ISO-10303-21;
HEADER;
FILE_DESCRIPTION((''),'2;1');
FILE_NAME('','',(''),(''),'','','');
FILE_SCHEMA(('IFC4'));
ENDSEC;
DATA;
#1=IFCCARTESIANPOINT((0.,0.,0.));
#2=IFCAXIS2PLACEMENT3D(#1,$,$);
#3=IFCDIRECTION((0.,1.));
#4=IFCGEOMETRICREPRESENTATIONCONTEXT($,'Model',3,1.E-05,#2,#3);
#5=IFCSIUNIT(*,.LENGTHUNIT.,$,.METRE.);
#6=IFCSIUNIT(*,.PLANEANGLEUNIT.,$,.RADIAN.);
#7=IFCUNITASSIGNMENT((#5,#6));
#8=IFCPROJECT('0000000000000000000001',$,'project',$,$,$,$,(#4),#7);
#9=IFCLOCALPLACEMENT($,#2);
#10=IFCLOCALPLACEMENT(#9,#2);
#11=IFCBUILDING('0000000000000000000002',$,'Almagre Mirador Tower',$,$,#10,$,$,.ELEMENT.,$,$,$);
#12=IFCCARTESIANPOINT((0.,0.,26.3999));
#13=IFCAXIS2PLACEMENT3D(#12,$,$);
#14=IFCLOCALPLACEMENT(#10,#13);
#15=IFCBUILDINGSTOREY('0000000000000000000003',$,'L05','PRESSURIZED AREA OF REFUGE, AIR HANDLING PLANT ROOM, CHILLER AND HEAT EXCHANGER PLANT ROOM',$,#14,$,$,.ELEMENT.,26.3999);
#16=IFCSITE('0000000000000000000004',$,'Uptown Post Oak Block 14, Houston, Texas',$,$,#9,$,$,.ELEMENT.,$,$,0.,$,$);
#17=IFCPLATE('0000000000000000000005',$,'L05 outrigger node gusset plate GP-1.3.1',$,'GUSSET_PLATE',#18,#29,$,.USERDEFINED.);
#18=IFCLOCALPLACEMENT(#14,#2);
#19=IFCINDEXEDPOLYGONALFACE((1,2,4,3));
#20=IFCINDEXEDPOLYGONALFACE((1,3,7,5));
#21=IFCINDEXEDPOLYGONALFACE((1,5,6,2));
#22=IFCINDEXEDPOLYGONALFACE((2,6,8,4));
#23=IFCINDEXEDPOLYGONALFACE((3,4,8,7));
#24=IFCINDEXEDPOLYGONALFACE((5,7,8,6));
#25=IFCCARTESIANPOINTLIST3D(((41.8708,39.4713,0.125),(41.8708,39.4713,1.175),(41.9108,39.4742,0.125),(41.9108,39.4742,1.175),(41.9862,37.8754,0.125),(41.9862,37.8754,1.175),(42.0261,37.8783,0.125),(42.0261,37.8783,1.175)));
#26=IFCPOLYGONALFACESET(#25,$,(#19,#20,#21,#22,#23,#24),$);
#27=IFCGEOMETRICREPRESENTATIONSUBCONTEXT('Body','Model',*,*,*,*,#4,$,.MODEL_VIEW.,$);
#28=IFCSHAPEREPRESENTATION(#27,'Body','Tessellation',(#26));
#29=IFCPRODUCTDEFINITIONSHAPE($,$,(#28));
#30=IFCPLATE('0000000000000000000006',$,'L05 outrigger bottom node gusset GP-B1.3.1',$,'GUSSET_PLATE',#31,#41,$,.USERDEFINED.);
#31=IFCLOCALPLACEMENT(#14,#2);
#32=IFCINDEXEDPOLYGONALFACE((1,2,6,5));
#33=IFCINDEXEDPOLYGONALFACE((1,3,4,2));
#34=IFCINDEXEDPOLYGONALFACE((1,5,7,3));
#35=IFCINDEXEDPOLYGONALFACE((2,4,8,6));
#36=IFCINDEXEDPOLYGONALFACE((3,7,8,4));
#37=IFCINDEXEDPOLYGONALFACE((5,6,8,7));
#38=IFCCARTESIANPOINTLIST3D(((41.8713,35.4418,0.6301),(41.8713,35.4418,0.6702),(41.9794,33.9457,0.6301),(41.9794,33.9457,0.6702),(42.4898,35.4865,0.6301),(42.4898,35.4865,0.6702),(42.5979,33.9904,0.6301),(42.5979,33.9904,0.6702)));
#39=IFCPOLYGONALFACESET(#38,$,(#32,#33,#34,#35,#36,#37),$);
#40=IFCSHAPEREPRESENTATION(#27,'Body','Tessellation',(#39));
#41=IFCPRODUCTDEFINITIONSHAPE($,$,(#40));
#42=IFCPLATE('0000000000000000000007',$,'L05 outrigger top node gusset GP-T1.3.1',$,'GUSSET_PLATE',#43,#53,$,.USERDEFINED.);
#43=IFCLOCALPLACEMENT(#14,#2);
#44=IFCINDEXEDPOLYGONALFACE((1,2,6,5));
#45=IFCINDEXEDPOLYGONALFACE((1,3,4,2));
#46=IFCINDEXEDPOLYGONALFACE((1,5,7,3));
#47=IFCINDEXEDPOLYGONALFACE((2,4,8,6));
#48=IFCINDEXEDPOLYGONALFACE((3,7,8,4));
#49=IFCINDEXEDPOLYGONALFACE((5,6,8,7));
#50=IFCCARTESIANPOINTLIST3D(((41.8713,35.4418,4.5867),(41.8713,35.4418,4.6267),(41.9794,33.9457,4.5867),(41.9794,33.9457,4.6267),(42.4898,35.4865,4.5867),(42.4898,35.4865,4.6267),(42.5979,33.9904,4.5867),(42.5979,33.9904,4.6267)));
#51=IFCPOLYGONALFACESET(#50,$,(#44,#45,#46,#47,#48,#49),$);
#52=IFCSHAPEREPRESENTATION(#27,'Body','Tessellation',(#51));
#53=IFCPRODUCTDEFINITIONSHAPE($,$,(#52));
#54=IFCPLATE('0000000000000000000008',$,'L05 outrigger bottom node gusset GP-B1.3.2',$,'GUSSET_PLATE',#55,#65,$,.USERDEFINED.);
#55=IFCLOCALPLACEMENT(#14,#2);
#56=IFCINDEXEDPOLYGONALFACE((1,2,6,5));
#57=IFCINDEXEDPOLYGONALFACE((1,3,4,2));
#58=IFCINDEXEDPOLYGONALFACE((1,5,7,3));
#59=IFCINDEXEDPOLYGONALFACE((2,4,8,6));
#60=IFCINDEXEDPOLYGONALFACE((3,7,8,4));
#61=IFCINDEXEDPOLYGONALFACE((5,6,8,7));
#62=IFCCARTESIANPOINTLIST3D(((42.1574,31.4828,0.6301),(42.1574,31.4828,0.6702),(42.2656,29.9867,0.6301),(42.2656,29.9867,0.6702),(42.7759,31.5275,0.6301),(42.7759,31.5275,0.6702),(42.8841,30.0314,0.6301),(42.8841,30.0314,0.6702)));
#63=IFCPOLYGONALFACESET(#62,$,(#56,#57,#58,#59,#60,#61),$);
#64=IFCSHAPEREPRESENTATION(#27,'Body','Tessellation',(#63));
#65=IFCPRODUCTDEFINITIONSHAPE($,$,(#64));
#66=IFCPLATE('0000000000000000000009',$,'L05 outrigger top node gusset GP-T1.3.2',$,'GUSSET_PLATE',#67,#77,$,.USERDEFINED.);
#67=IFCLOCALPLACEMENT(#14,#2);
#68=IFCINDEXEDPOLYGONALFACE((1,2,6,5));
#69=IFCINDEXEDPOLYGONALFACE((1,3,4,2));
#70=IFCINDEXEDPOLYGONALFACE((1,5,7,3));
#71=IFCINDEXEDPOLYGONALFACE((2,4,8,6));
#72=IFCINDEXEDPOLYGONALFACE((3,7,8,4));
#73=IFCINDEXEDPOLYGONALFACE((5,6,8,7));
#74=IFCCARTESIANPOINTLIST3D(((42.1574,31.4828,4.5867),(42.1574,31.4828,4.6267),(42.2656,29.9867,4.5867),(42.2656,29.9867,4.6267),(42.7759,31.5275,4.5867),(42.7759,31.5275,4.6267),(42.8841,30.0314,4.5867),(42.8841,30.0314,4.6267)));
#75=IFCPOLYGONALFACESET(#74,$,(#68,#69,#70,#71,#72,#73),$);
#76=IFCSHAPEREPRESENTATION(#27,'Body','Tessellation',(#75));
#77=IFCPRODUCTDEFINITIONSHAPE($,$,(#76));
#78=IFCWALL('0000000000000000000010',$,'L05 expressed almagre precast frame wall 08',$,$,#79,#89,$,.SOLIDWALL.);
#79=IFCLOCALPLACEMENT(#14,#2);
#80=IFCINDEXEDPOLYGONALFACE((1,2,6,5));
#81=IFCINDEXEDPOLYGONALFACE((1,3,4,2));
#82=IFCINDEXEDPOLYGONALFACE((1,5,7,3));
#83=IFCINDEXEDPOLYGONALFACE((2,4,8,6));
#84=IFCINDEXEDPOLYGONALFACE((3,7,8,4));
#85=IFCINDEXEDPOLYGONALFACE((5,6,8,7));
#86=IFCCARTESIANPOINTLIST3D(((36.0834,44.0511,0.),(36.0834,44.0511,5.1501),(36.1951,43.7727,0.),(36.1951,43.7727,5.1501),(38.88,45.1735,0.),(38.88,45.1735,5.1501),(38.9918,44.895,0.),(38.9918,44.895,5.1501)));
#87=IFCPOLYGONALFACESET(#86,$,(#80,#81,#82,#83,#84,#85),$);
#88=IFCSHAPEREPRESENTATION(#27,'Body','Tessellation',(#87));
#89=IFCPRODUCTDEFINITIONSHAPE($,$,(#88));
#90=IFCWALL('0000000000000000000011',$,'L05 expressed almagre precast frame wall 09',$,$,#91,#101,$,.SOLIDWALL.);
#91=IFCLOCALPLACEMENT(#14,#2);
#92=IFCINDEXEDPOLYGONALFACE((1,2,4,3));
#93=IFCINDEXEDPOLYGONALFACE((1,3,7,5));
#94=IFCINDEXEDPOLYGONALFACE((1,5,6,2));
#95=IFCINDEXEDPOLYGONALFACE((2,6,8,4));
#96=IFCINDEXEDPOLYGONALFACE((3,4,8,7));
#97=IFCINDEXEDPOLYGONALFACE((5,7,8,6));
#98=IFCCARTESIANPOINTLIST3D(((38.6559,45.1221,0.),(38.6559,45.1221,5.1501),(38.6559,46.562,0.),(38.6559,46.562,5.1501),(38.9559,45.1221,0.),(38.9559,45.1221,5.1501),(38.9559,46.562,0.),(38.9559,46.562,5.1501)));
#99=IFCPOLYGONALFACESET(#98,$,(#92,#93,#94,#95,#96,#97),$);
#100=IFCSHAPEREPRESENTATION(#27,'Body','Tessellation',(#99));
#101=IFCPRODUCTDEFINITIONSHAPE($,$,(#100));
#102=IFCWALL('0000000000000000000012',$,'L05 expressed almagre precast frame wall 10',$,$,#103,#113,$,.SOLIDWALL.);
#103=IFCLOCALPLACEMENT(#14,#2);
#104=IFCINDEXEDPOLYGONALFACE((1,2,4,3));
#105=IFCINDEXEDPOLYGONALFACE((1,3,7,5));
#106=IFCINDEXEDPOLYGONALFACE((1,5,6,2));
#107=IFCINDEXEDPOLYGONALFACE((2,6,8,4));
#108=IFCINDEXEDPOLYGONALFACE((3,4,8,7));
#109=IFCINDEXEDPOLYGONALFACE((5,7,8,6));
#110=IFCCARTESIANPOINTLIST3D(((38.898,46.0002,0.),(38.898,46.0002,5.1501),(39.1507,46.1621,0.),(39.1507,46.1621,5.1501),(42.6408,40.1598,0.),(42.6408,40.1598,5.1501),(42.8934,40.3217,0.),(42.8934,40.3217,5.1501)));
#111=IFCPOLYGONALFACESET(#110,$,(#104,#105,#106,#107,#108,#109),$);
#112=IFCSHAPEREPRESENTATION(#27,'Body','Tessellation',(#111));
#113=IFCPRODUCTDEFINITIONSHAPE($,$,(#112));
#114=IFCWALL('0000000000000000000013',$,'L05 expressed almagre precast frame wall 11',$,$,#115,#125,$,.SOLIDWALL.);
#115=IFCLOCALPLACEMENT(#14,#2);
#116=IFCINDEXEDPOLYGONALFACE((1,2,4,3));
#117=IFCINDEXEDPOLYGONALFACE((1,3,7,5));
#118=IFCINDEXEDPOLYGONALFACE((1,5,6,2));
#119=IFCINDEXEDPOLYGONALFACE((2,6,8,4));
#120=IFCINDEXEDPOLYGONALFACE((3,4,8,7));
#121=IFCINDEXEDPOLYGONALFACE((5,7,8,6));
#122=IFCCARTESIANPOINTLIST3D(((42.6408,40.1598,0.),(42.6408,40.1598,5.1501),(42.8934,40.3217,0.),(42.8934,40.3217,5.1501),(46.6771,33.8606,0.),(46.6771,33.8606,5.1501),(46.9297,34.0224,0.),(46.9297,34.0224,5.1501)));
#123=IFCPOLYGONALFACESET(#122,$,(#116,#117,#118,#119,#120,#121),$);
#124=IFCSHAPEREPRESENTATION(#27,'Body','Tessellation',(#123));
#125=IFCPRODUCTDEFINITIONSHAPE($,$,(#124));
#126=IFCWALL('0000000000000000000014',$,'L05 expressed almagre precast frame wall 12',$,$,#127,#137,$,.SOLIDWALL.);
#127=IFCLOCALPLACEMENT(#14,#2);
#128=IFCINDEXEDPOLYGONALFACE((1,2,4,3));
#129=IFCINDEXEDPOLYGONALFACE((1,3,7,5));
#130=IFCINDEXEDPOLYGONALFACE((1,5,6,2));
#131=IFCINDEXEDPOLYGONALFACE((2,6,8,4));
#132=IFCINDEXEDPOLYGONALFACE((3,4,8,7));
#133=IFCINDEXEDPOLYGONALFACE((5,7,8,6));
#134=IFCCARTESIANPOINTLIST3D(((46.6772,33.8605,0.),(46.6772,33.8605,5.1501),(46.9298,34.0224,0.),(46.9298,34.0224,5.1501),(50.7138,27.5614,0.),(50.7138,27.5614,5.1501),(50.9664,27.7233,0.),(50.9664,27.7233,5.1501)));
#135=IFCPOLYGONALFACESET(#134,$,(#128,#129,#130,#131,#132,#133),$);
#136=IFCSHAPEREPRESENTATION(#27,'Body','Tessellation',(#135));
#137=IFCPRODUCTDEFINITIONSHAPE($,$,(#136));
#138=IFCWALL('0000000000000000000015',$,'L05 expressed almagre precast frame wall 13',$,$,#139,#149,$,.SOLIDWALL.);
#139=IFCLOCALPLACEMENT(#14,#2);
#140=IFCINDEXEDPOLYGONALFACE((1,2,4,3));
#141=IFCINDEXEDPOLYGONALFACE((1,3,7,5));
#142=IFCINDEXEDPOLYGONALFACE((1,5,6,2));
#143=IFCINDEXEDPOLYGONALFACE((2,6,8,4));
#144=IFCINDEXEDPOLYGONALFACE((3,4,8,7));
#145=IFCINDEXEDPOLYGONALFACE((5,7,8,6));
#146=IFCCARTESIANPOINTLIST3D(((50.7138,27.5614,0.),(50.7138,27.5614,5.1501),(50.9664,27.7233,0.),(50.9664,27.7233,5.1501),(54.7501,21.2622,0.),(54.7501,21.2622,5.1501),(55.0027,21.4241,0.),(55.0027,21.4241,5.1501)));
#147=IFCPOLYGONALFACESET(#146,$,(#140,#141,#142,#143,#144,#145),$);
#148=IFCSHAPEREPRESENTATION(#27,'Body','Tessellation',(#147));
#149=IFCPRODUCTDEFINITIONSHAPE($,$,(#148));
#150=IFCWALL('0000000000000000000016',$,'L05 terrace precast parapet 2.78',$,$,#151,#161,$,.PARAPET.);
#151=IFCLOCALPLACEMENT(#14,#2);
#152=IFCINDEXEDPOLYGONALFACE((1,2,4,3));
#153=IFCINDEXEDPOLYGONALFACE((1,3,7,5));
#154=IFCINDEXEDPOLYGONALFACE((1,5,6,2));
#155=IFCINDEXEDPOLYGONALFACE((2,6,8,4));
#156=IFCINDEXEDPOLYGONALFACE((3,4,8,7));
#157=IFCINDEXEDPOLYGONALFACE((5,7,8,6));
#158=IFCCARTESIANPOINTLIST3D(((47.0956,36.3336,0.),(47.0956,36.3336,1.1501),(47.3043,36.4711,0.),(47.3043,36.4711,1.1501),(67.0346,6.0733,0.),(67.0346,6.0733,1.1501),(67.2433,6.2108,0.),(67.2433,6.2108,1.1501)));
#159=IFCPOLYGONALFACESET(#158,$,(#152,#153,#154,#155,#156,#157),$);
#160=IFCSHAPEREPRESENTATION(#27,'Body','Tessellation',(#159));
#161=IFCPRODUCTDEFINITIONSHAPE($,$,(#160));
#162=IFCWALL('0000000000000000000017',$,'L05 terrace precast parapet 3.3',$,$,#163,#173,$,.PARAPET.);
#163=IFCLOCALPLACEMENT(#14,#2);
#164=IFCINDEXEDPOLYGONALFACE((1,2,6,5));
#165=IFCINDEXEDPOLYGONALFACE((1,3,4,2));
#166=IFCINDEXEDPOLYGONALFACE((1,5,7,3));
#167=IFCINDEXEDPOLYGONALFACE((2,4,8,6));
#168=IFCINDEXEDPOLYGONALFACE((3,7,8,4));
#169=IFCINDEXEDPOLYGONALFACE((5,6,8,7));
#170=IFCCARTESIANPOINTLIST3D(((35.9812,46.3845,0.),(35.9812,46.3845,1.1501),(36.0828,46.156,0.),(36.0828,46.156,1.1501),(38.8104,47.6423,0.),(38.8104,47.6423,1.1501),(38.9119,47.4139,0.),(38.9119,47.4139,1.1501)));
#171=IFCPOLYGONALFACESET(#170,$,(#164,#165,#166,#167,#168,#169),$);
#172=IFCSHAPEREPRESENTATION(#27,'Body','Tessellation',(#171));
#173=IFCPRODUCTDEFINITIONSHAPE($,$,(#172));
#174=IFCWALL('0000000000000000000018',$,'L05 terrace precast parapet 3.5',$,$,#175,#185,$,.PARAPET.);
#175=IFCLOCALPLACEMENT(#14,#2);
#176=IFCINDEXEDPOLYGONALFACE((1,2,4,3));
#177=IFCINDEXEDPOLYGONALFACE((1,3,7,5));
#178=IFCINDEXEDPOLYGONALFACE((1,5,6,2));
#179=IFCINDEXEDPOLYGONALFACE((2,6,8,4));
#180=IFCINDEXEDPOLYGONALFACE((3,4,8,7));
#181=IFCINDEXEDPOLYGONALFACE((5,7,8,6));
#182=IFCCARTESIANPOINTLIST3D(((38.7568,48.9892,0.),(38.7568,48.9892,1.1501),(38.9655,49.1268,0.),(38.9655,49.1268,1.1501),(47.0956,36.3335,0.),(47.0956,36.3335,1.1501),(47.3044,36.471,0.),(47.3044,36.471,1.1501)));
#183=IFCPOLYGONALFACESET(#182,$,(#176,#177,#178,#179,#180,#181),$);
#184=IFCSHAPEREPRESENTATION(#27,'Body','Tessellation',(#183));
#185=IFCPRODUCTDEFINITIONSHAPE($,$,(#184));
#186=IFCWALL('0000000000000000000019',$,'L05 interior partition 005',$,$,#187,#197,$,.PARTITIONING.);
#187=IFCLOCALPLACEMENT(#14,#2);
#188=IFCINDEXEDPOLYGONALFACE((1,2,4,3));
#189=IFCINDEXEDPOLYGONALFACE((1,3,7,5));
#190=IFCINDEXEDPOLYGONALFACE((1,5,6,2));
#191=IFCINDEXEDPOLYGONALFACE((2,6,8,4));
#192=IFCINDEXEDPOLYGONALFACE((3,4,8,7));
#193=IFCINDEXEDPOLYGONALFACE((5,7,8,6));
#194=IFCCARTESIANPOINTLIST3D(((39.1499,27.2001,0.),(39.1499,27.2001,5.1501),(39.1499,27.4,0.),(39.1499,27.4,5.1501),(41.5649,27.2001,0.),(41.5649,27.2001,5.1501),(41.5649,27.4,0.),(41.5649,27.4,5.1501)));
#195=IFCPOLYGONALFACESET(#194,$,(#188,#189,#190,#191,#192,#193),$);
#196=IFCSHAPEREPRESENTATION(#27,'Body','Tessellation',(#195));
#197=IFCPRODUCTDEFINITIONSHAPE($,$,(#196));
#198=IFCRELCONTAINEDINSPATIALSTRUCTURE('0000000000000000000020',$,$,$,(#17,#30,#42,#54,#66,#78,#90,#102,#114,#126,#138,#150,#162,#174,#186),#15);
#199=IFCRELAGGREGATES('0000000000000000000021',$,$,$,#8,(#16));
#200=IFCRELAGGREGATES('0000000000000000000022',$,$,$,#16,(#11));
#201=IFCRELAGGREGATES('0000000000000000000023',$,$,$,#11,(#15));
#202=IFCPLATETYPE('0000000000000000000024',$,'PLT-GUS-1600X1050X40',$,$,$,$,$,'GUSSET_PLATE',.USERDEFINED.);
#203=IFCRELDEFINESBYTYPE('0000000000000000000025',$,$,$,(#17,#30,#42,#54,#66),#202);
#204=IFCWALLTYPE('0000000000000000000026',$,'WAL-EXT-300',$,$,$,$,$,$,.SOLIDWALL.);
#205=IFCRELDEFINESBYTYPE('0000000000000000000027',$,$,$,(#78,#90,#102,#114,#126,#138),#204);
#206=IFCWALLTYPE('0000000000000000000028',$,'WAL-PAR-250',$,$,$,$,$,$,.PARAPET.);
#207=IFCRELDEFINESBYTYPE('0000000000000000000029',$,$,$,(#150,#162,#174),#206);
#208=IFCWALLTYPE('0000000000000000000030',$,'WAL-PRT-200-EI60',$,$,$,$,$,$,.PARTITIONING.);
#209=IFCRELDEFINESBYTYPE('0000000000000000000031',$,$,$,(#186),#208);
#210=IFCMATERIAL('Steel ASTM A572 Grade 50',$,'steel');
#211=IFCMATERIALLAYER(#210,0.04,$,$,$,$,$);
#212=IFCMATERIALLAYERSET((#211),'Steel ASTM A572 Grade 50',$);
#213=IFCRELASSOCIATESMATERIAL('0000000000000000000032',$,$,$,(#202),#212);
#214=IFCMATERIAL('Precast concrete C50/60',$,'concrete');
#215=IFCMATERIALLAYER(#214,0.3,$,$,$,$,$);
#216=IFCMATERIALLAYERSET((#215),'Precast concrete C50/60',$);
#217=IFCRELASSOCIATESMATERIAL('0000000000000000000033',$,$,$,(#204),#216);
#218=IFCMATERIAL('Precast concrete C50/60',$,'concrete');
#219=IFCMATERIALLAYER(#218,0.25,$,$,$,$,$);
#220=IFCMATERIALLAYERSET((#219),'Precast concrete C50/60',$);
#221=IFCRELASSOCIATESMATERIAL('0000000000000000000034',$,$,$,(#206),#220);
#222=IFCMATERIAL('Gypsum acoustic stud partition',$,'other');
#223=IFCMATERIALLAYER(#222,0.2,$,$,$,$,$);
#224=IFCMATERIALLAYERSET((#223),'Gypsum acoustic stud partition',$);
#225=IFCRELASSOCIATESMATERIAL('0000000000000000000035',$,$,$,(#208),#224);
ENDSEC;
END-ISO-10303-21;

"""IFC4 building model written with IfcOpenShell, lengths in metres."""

from ifc_helpers import new_model, si_unit, direction, frame, frame_2d, origin, origin_2d, place, context, subcontext, project, spatial, rectangle, extrude, material, layer, layer_set, type_object, element, save


model = new_model("IFC4")

# Units and contexts
model_context = context("Model", 3, precision=1e-05, world=origin(), true_north=direction((0.0, 1.0)))
body_context = subcontext(model_context, "Body", "Model", "MODEL_VIEW")
ifc_project = project(units=[si_unit("LENGTHUNIT", "METRE"), si_unit("PLANEANGLEUNIT", "RADIAN")], contexts=[model_context])

# Site, building, storey
site_placement = place(None, origin())
site = spatial("IfcSite", under=ifc_project, at=site_placement, Name="Uptown Post Oak Block 14, Houston, Texas", CompositionType="ELEMENT", RefElevation=0.0)
building_placement = place(site_placement, origin())
building = spatial("IfcBuilding", under=site, at=building_placement, Name="Almagre Mirador Tower", CompositionType="ELEMENT")
storey_placement = place(building_placement, frame((0.0, 0.0, 26.3999)))
storey = spatial("IfcBuildingStorey", under=building, at=storey_placement, Name="L05", Description="PRESSURIZED AREA OF REFUGE, AIR HANDLING PLANT ROOM, CHILLER AND HEAT EXCHANGER PLANT ROOM", CompositionType="ELEMENT", Elevation=26.3999)

# Plates
ifc_material_1 = material(Name="Steel ASTM A572 Grade 50", Category="steel")
ifc_layer_1 = layer(ifc_material_1, 0.04)
ifc_layer_set_1 = layer_set([ifc_layer_1], Name="Steel ASTM A572 Grade 50")
plate_type_1 = type_object("IfcPlateType", Name="PLT-GUS-1600X1050X40", ElementType="GUSSET_PLATE", PredefinedType="USERDEFINED", material=ifc_layer_set_1)
plate_1_placement = place(storey_placement, frame((41.9485, 38.6748, 0.125), z_axis=(0.0, 0.0, 1.0), x_axis=(0.072089, -0.997398, 0.0)))
element("IfcPlate", 1, at=plate_1_placement, inside=storey, type_object=plate_type_1, Name="L05 outrigger node gusset plate GP-1.3.1", ObjectType="GUSSET_PLATE", PredefinedType="USERDEFINED", context=body_context, shape_type="SweptSolid", body=[
    extrude(rectangle(XDim=1.6001, YDim=0.04, at=origin_2d()), origin(), (0.0, 0.0, 1.0), 1.05),
])
for number, where, z_axis, x_axis, name in (
    (2, (42.2346, 34.7161, 0.6301), (0.0, 0.0, 1.0), (0.072089, -0.997398, 0.0), "L05 outrigger bottom node gusset GP-B1.3.1"),
    (3, (42.2346, 34.7161, 4.5867), (0.0, 0.0, 1.0), (0.072089, -0.997398, 0.0), "L05 outrigger top node gusset GP-T1.3.1"),
    (4, (42.5208, 30.7571, 0.6301), (0.0, 0.0, 1.0), (0.072089, -0.997398, 0.0), "L05 outrigger bottom node gusset GP-B1.3.2"),
    (5, (42.5208, 30.7571, 4.5867), (0.0, 0.0, 1.0), (0.072089, -0.997398, 0.0), "L05 outrigger top node gusset GP-T1.3.2"),
):
    element("IfcPlate", number, at=place(storey_placement, frame(where, z_axis=z_axis, x_axis=x_axis)), inside=storey, type_object=plate_type_1, Name=name, ObjectType="GUSSET_PLATE", PredefinedType="USERDEFINED", context=body_context, shape_type="SweptSolid", body=[
        extrude(rectangle(XDim=1.5, YDim=0.6201, at=origin_2d()), origin(), (0.0, 0.0, 1.0), 0.04),
    ])

# Walls
ifc_material_2 = material(Name="Precast concrete C50/60", Category="concrete")
ifc_layer_2 = layer(ifc_material_2, 0.3)
ifc_layer_set_2 = layer_set([ifc_layer_2], Name="Precast concrete C50/60")
wall_type_1 = type_object("IfcWallType", Name="WAL-EXT-300", PredefinedType="SOLIDWALL", material=ifc_layer_set_2)
wall_1_placement = place(storey_placement, frame((36.1392, 43.9119, 0.0), z_axis=(0.0, 0.0, 1.0), x_axis=(0.928057, 0.372438, 0.0)))
element("IfcWall", 6, at=wall_1_placement, inside=storey, type_object=wall_type_1, Name="L05 expressed almagre precast frame wall 08", PredefinedType="SOLIDWALL", context=body_context, shape_type="SweptSolid", body=[
    extrude(rectangle(XDim=3.0134, YDim=0.3, at=frame_2d((1.5068, 0.0))), origin(), (0.0, 0.0, 1.0), 5.1501),
])
wall_2_placement = place(storey_placement, frame((38.8059, 45.1221, 0.0), z_axis=(0.0, 0.0, 1.0), x_axis=(0.0, 1.0, 0.0)))
element("IfcWall", 7, at=wall_2_placement, inside=storey, type_object=wall_type_1, Name="L05 expressed almagre precast frame wall 09", PredefinedType="SOLIDWALL", context=body_context, shape_type="SweptSolid", body=[
    extrude(rectangle(XDim=1.4399, YDim=0.3, at=frame_2d((0.72, 0.0))), origin(), (0.0, 0.0, 1.0), 5.1501),
])
wall_3_placement = place(storey_placement, frame((39.0244, 46.0811, 0.0), z_axis=(0.0, 0.0, 1.0), x_axis=(0.539551, -0.841953, 0.0)))
element("IfcWall", 8, at=wall_3_placement, inside=storey, type_object=wall_type_1, Name="L05 expressed almagre precast frame wall 10", PredefinedType="SOLIDWALL", context=body_context, shape_type="SweptSolid", body=[
    extrude(rectangle(XDim=6.9368, YDim=0.3, at=frame_2d((3.4683, 0.0))), origin(), (0.0, 0.0, 1.0), 5.1501),
])
for number, where, z_axis, x_axis, name in (
    (9, (42.7671, 40.2407, 0.0), (0.0, 0.0, 1.0), (0.53951, -0.841979, 0.0), "L05 expressed almagre precast frame wall 11"),
    (10, (46.8035, 33.9414, 0.0), (0.0, 0.0, 1.0), (0.539548, -0.841955, 0.0), "L05 expressed almagre precast frame wall 12"),
    (11, (50.8401, 27.6423, 0.0), (0.0, 0.0, 1.0), (0.53951, -0.841979, 0.0), "L05 expressed almagre precast frame wall 13"),
):
    element("IfcWall", number, at=place(storey_placement, frame(where, z_axis=z_axis, x_axis=x_axis)), inside=storey, type_object=wall_type_1, Name=name, PredefinedType="SOLIDWALL", context=body_context, shape_type="SweptSolid", body=[
        extrude(rectangle(XDim=7.4814, YDim=0.3, at=frame_2d((3.7407, 0.0))), origin(), (0.0, 0.0, 1.0), 5.1501),
    ])
ifc_material_3 = material(Name="Precast concrete C50/60", Category="concrete")
ifc_layer_3 = layer(ifc_material_3, 0.25)
ifc_layer_set_3 = layer_set([ifc_layer_3], Name="Precast concrete C50/60")
wall_type_2 = type_object("IfcWallType", Name="WAL-PAR-250", PredefinedType="PARAPET", material=ifc_layer_set_3)
wall_4_placement = place(storey_placement, frame((47.2, 36.4023, 0.0), z_axis=(0.0, 0.0, 1.0), x_axis=(0.550212, -0.835025, 0.0)))
element("IfcWall", 12, at=wall_4_placement, inside=storey, type_object=wall_type_2, Name="L05 terrace precast parapet 2.78", PredefinedType="PARAPET", context=body_context, shape_type="SweptSolid", body=[
    extrude(rectangle(XDim=36.2388, YDim=0.25, at=frame_2d((18.1194, 0.0))), origin(), (0.0, 0.0, 1.0), 1.1501),
])
wall_5_placement = place(storey_placement, frame((36.032, 46.2703, 0.0), z_axis=(0.0, 0.0, 1.0), x_axis=(0.91376, 0.406256, 0.0)))
element("IfcWall", 13, at=wall_5_placement, inside=storey, type_object=wall_type_2, Name="L05 terrace precast parapet 3.3", PredefinedType="PARAPET", context=body_context, shape_type="SweptSolid", body=[
    extrude(rectangle(XDim=3.0962, YDim=0.25, at=frame_2d((1.5481, 0.0))), origin(), (0.0, 0.0, 1.0), 1.1501),
])
wall_6_placement = place(storey_placement, frame((38.8611, 49.0581, 0.0), z_axis=(0.0, 0.0, 1.0), x_axis=(0.550202, -0.835032, 0.0)))
element("IfcWall", 14, at=wall_6_placement, inside=storey, type_object=wall_type_2, Name="L05 terrace precast parapet 3.5", PredefinedType="PARAPET", context=body_context, shape_type="SweptSolid", body=[
    extrude(rectangle(XDim=15.156, YDim=0.25, at=frame_2d((7.5781, 0.0))), origin(), (0.0, 0.0, 1.0), 1.1501),
])
ifc_material_4 = material(Name="Gypsum acoustic stud partition", Category="other")
ifc_layer_4 = layer(ifc_material_4, 0.2)
ifc_layer_set_4 = layer_set([ifc_layer_4], Name="Gypsum acoustic stud partition")
wall_type_3 = type_object("IfcWallType", Name="WAL-PRT-200-EI60", PredefinedType="PARTITIONING", material=ifc_layer_set_4)
wall_7_placement = place(storey_placement, frame((41.5649, 27.3, 0.0), z_axis=(0.0, 0.0, 1.0), x_axis=(-1.0, 0.0, 0.0)))
element("IfcWall", 15, at=wall_7_placement, inside=storey, type_object=wall_type_3, Name="L05 interior partition 005", PredefinedType="PARTITIONING", context=body_context, shape_type="SweptSolid", body=[
    extrude(rectangle(XDim=2.415, YDim=0.2, at=frame_2d((1.2075, 0.0))), origin(), (0.0, 0.0, 1.0), 5.1501),
])

save(model, "model.ifc")
